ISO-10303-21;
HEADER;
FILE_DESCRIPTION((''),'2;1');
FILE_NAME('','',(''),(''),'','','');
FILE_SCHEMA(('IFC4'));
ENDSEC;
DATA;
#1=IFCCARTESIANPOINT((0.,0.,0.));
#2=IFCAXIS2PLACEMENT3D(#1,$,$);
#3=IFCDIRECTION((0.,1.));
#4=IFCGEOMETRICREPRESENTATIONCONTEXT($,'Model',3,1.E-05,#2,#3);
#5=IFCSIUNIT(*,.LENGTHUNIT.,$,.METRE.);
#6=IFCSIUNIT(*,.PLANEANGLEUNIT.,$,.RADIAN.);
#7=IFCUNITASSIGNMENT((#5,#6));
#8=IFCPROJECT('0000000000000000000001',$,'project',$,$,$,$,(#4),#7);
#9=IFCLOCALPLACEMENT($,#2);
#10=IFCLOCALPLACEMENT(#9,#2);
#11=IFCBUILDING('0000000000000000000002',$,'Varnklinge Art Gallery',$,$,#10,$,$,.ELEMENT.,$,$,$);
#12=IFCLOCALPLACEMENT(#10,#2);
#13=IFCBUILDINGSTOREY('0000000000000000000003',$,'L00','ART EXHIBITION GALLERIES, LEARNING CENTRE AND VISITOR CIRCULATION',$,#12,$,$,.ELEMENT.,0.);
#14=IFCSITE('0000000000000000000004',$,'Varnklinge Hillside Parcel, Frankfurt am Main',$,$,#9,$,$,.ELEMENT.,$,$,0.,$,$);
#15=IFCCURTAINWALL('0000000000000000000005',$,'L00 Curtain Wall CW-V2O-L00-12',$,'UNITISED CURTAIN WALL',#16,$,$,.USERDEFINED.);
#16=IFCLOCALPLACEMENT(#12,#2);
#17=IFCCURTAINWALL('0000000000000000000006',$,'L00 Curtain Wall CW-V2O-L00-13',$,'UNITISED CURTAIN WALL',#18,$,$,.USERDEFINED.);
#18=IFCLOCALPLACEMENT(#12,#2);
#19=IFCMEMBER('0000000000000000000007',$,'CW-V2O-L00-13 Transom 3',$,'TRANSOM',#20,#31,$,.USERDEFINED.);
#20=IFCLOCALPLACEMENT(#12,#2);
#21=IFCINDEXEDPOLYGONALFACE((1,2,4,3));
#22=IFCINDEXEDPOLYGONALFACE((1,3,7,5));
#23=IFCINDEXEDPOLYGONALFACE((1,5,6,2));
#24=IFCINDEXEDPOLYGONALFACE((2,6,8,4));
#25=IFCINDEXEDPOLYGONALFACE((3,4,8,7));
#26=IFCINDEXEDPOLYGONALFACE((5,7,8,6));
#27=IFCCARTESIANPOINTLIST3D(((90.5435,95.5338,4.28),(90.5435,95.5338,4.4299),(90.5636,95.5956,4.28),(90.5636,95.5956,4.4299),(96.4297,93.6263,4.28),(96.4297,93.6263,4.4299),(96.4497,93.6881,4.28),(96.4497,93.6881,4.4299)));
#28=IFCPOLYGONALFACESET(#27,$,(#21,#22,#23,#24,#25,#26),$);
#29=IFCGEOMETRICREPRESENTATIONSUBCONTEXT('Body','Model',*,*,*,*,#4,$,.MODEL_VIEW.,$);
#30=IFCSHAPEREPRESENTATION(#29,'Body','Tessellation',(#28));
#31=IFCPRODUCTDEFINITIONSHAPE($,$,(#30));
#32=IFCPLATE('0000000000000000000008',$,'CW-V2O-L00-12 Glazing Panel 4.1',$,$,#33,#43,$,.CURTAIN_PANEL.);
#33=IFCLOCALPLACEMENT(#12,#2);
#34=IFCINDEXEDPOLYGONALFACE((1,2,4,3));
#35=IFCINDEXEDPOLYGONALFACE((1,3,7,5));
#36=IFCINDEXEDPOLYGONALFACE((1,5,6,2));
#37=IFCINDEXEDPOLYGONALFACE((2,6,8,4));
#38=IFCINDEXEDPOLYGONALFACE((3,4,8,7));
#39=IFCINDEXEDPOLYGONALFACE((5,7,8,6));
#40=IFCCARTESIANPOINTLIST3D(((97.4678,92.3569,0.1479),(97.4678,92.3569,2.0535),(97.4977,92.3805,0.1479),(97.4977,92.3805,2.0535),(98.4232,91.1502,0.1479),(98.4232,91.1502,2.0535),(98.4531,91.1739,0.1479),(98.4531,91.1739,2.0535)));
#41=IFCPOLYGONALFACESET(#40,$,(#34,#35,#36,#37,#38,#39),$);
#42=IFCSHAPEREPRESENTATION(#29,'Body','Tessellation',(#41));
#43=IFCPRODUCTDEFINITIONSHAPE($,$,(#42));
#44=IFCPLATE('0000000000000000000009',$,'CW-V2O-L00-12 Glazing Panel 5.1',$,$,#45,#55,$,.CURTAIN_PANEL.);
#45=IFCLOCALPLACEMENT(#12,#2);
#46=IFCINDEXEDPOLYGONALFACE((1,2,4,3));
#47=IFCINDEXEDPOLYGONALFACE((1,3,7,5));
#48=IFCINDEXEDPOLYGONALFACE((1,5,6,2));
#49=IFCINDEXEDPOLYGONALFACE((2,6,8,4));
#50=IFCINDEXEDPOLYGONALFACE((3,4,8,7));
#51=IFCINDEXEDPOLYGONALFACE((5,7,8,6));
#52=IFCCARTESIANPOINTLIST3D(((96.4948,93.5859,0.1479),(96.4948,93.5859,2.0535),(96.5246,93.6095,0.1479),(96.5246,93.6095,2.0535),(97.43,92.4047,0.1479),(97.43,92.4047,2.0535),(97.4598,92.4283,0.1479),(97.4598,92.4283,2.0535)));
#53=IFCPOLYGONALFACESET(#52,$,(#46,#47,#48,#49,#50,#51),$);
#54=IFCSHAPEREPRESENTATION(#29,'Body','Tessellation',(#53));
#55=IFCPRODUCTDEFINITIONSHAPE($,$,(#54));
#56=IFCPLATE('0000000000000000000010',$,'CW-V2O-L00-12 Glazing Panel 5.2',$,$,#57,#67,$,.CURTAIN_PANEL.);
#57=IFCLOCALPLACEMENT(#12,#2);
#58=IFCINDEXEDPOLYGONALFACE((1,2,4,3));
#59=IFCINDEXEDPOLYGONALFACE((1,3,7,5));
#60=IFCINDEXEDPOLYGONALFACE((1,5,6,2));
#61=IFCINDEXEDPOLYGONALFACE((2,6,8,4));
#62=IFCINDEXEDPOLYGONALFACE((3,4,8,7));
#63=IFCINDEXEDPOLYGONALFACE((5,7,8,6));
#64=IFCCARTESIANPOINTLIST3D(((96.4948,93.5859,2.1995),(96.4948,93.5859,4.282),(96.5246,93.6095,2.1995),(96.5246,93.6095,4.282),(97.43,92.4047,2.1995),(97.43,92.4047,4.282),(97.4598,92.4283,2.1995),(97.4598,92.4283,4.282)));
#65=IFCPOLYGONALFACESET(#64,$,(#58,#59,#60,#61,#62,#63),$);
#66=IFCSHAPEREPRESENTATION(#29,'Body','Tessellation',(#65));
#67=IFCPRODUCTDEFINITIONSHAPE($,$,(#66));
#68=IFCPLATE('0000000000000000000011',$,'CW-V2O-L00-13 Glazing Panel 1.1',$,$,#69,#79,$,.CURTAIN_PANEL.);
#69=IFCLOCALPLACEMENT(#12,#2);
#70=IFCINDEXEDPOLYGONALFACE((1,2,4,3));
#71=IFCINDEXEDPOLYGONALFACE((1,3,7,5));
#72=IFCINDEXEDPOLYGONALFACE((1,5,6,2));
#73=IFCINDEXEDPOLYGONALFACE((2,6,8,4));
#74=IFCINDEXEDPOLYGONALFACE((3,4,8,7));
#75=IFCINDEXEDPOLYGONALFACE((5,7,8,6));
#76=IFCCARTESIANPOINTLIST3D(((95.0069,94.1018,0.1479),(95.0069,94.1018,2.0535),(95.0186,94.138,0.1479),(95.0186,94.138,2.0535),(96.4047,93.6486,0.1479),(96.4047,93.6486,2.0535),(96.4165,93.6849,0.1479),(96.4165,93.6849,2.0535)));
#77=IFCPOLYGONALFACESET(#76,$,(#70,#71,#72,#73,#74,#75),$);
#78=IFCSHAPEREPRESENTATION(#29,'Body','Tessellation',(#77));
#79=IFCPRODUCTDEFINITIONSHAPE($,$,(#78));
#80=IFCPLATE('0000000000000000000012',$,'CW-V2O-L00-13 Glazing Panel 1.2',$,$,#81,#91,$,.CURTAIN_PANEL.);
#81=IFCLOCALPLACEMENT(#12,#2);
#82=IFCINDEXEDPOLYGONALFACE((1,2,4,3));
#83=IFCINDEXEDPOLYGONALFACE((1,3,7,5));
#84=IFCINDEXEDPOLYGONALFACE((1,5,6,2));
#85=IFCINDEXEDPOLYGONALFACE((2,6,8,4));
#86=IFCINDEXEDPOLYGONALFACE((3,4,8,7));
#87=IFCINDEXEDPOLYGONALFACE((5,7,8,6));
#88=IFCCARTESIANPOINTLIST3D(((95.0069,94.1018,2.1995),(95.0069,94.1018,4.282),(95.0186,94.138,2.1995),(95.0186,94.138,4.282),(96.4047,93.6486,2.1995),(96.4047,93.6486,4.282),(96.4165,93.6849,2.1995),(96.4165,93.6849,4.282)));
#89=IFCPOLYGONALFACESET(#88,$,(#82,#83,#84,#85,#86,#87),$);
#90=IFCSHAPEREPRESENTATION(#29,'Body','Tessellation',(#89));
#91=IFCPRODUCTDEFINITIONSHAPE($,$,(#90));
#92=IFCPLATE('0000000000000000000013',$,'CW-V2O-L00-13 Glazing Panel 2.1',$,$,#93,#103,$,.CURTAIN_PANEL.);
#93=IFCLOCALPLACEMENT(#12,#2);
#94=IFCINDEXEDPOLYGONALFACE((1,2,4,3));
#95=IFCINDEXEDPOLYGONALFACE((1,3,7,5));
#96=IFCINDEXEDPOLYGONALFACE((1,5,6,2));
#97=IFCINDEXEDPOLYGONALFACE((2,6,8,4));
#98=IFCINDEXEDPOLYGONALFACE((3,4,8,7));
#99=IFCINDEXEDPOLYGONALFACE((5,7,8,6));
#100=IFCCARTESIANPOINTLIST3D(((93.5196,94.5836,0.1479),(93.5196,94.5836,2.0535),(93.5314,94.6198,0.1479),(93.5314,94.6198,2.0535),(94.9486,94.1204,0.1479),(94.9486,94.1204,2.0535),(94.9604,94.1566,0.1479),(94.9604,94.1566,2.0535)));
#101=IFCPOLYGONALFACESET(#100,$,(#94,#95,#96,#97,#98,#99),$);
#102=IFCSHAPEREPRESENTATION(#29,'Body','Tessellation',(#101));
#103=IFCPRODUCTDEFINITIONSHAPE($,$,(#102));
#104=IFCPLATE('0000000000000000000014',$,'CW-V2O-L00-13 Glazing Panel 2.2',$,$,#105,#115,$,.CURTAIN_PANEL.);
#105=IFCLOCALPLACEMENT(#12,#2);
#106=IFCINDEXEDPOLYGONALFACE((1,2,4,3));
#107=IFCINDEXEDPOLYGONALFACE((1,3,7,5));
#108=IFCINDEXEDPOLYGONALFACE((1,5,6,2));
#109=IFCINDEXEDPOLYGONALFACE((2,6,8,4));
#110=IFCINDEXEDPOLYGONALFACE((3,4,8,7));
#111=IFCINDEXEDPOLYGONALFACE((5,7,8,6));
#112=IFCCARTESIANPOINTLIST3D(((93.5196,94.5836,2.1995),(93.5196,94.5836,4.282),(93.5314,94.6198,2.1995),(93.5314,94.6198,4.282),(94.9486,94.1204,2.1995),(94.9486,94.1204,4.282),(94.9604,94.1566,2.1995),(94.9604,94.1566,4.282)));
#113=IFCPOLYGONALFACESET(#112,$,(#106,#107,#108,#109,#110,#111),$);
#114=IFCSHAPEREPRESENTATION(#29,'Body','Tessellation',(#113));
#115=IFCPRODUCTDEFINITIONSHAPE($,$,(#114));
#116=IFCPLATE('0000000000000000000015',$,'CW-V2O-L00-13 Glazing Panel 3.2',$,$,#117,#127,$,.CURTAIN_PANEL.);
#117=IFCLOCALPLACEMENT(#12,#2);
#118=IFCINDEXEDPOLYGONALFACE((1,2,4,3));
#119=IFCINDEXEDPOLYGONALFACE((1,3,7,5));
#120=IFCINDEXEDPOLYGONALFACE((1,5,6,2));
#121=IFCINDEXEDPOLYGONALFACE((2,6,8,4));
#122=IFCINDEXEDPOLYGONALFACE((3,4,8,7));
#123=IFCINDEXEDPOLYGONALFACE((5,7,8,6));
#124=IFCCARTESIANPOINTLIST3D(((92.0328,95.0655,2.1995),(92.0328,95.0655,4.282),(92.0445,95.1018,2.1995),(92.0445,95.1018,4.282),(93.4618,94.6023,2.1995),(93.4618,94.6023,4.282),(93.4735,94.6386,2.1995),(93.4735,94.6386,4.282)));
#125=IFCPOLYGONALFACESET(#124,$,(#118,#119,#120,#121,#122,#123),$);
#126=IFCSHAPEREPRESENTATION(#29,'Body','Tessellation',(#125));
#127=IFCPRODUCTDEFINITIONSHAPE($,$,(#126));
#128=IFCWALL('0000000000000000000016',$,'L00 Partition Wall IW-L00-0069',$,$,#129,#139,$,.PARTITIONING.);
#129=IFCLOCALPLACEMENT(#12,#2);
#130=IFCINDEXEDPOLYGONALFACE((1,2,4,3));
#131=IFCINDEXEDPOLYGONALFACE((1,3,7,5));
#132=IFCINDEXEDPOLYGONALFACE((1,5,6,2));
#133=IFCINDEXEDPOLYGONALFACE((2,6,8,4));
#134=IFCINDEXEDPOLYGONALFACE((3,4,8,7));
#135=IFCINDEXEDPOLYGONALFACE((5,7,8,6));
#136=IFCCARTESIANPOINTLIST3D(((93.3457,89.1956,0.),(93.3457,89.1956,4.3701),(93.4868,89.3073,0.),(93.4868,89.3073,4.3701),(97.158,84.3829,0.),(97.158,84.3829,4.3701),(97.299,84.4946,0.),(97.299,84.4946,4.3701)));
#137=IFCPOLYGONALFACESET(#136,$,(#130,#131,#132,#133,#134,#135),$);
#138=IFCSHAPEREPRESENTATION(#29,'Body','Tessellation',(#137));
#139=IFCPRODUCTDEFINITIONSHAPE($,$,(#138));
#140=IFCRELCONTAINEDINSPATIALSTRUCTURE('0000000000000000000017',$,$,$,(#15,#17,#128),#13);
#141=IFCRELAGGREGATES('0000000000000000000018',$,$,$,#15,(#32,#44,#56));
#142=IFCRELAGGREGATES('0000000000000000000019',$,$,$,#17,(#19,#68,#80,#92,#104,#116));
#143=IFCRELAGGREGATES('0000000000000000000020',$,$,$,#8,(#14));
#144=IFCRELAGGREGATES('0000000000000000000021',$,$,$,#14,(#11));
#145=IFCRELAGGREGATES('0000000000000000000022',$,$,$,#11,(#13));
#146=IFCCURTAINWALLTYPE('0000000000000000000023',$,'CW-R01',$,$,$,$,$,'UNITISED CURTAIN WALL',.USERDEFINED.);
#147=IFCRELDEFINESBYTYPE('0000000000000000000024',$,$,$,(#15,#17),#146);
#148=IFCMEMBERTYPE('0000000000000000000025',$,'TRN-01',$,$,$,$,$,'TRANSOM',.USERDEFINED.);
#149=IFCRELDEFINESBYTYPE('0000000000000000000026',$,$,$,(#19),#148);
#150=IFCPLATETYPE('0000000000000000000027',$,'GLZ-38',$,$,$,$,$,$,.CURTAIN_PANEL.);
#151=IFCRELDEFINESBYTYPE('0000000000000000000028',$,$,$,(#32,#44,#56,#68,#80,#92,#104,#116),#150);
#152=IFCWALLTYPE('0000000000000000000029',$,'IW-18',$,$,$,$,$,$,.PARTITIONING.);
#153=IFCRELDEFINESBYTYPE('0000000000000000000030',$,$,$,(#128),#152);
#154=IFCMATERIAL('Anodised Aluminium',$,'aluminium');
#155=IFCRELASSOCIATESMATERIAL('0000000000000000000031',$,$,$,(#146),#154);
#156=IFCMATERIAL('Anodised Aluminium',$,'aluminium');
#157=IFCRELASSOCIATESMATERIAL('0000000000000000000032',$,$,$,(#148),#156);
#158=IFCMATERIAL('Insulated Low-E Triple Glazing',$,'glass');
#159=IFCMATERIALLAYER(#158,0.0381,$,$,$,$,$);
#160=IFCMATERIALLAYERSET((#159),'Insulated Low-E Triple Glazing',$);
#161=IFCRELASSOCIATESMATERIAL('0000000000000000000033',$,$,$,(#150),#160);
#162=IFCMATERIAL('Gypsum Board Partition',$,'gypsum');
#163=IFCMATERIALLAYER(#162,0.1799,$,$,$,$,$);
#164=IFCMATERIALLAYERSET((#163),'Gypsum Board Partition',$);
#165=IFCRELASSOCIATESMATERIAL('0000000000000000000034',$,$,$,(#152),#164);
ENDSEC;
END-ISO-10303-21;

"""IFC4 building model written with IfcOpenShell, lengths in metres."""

from ifc_helpers import new_model, si_unit, direction, frame, frame_2d, origin, origin_2d, place, context, subcontext, project, spatial, rectangle, extrude, material, layer, layer_set, material_profile, profile_set, type_object, element, aggregate, save


model = new_model("IFC4")

# Units and contexts
model_context = context("Model", 3, precision=1e-05, world=origin(), true_north=direction((0.0, 1.0)))
body_context = subcontext(model_context, "Body", "Model", "MODEL_VIEW")
ifc_project = project(units=[si_unit("LENGTHUNIT", "METRE"), si_unit("PLANEANGLEUNIT", "RADIAN")], contexts=[model_context])

# Site, building, storey
site_placement = place(None, origin())
site = spatial("IfcSite", under=ifc_project, at=site_placement, Name="Varnklinge Hillside Parcel, Frankfurt am Main", CompositionType="ELEMENT", RefElevation=0.0)
building_placement = place(site_placement, origin())
building = spatial("IfcBuilding", under=site, at=building_placement, Name="Varnklinge Art Gallery", CompositionType="ELEMENT")
storey_placement = place(building_placement, origin())
storey = spatial("IfcBuildingStorey", under=building, at=storey_placement, Name="L00", Description="ART EXHIBITION GALLERIES, LEARNING CENTRE AND VISITOR CIRCULATION", CompositionType="ELEMENT", Elevation=0.0)

# Curtain walls
ifc_material_1 = material(Name="Anodised Aluminium", Category="aluminium")
curtain_wall_type = type_object("IfcCurtainWallType", Name="CW-R01", ElementType="UNITISED CURTAIN WALL", PredefinedType="USERDEFINED", material=ifc_material_1)
curtain_wall_1_placement = place(storey_placement, origin())
curtain_wall_1 = element("IfcCurtainWall", 1, at=curtain_wall_1_placement, inside=storey, type_object=curtain_wall_type, Name="L00 Curtain Wall CW-V2O-L00-12", ObjectType="UNITISED CURTAIN WALL", PredefinedType="USERDEFINED")
curtain_wall_2_placement = place(storey_placement, origin())
curtain_wall_2 = element("IfcCurtainWall", 2, at=curtain_wall_2_placement, inside=storey, type_object=curtain_wall_type, Name="L00 Curtain Wall CW-V2O-L00-13", ObjectType="UNITISED CURTAIN WALL", PredefinedType="USERDEFINED")

# Member
ifc_material_2 = material(Name="Anodised Aluminium", Category="aluminium")
ifc_material_profile_1 = material_profile(ifc_material_2, rectangle(XDim=0.0649, YDim=0.1499, at=origin_2d()), Name="ALU 65x150")
ifc_profile_set_1 = profile_set([ifc_material_profile_1], Name="Anodised Aluminium")
member_type_1 = type_object("IfcMemberType", Name="TRN-01", ElementType="TRANSOM", PredefinedType="USERDEFINED", material=ifc_profile_set_1)
member_1_placement = place(storey_placement, frame((96.4397, 93.6572, 4.355), z_axis=(-0.951298, 0.308274, 0.0), x_axis=(-0.308274, -0.951298, 0.0)))
member_1 = element("IfcMember", 3, at=member_1_placement, type_object=member_type_1, Name="CW-V2O-L00-13 Transom 3", ObjectType="TRANSOM", PredefinedType="USERDEFINED", context=body_context, shape_type="SweptSolid", body=[
    extrude(rectangle(XDim=0.0649, YDim=0.1499, at=origin_2d()), origin(), (0.0, 0.0, 1.0), 6.1875),
])

# Plates
ifc_material_3 = material(Name="Insulated Low-E Triple Glazing", Category="glass")
ifc_layer_1 = layer(ifc_material_3, 0.0381)
ifc_layer_set_1 = layer_set([ifc_layer_1], Name="Insulated Low-E Triple Glazing")
plate_type = type_object("IfcPlateType", Name="GLZ-38", PredefinedType="CURTAIN_PANEL", material=ifc_layer_set_1)
plate_1_placement = place(storey_placement, frame((97.9604, 91.7654, 0.1479), z_axis=(0.0, 0.0, 1.0), x_axis=(-0.620737, 0.784019, 0.0)))
plate_1 = element("IfcPlate", 4, at=plate_1_placement, type_object=plate_type, Name="CW-V2O-L00-12 Glazing Panel 4.1", PredefinedType="CURTAIN_PANEL", context=body_context, shape_type="SweptSolid", body=[
    extrude(rectangle(XDim=1.5391, YDim=0.0381, at=origin_2d()), origin(), (0.0, 0.0, 1.0), 1.9055),
])
plate_2_placement = place(storey_placement, frame((96.9773, 93.0071, 0.1479), z_axis=(0.0, 0.0, 1.0), x_axis=(-0.620737, 0.784019, 0.0)))
plate_2 = element("IfcPlate", 5, at=plate_2_placement, type_object=plate_type, Name="CW-V2O-L00-12 Glazing Panel 5.1", PredefinedType="CURTAIN_PANEL", context=body_context, shape_type="SweptSolid", body=[
    extrude(rectangle(XDim=1.5066, YDim=0.0381, at=origin_2d()), origin(), (0.0, 0.0, 1.0), 1.9055),
])
plate_3_placement = place(storey_placement, frame((96.9773, 93.0071, 2.1995), z_axis=(0.0, 0.0, 1.0), x_axis=(-0.620737, 0.784019, 0.0)))
plate_3 = element("IfcPlate", 6, at=plate_3_placement, type_object=plate_type, Name="CW-V2O-L00-12 Glazing Panel 5.2", PredefinedType="CURTAIN_PANEL", context=body_context, shape_type="SweptSolid", body=[
    extrude(rectangle(XDim=1.5066, YDim=0.0381, at=origin_2d()), origin(), (0.0, 0.0, 1.0), 2.0825),
])
aggregate(curtain_wall_1, [plate_1, plate_2, plate_3])
plate_4_placement = place(storey_placement, frame((95.7117, 93.8933, 0.1479), z_axis=(0.0, 0.0, 1.0), x_axis=(-0.951272, 0.308353, 0.0)))
plate_4 = element("IfcPlate", 7, at=plate_4_placement, type_object=plate_type, Name="CW-V2O-L00-13 Glazing Panel 1.1", PredefinedType="CURTAIN_PANEL", context=body_context, shape_type="SweptSolid", body=[
    extrude(rectangle(XDim=1.4695, YDim=0.0381, at=origin_2d()), origin(), (0.0, 0.0, 1.0), 1.9055),
])
plate_5_placement = place(storey_placement, frame((95.7117, 93.8933, 2.1995), z_axis=(0.0, 0.0, 1.0), x_axis=(-0.951272, 0.308353, 0.0)))
plate_5 = element("IfcPlate", 8, at=plate_5_placement, type_object=plate_type, Name="CW-V2O-L00-13 Glazing Panel 1.2", PredefinedType="CURTAIN_PANEL", context=body_context, shape_type="SweptSolid", body=[
    extrude(rectangle(XDim=1.4695, YDim=0.0381, at=origin_2d()), origin(), (0.0, 0.0, 1.0), 2.0825),
])
plate_6_placement = place(storey_placement, frame((94.24, 94.3701, 0.1479), z_axis=(0.0, 0.0, 1.0), x_axis=(-0.951272, 0.308353, 0.0)))
plate_6 = element("IfcPlate", 9, at=plate_6_placement, type_object=plate_type, Name="CW-V2O-L00-13 Glazing Panel 2.1", PredefinedType="CURTAIN_PANEL", context=body_context, shape_type="SweptSolid", body=[
    extrude(rectangle(XDim=1.5022, YDim=0.0381, at=origin_2d()), origin(), (0.0, 0.0, 1.0), 1.9055),
])
plate_7_placement = place(storey_placement, frame((94.24, 94.3701, 2.1995), z_axis=(0.0, 0.0, 1.0), x_axis=(-0.951272, 0.308353, 0.0)))
plate_7 = element("IfcPlate", 10, at=plate_7_placement, type_object=plate_type, Name="CW-V2O-L00-13 Glazing Panel 2.2", PredefinedType="CURTAIN_PANEL", context=body_context, shape_type="SweptSolid", body=[
    extrude(rectangle(XDim=1.5022, YDim=0.0381, at=origin_2d()), origin(), (0.0, 0.0, 1.0), 2.0825),
])
plate_8_placement = place(storey_placement, frame((92.7532, 94.8521, 2.1995), z_axis=(0.0, 0.0, 1.0), x_axis=(-0.951272, 0.308353, 0.0)))
plate_8 = element("IfcPlate", 11, at=plate_8_placement, type_object=plate_type, Name="CW-V2O-L00-13 Glazing Panel 3.2", PredefinedType="CURTAIN_PANEL", context=body_context, shape_type="SweptSolid", body=[
    extrude(rectangle(XDim=1.5022, YDim=0.0381, at=origin_2d()), origin(), (0.0, 0.0, 1.0), 2.0825),
])
aggregate(curtain_wall_2, [member_1, plate_4, plate_5, plate_6, plate_7, plate_8])

# Wall
ifc_material_4 = material(Name="Gypsum Board Partition", Category="gypsum")
ifc_layer_2 = layer(ifc_material_4, 0.1799)
ifc_layer_set_2 = layer_set([ifc_layer_2], Name="Gypsum Board Partition")
wall_type = type_object("IfcWallType", Name="IW-18", PredefinedType="PARTITIONING", material=ifc_layer_set_2)
wall_placement = place(storey_placement, frame((93.4163, 89.2515, 0.0), z_axis=(0.0, 0.0, 1.0), x_axis=(0.62092, -0.783874, 0.0)))
element("IfcWall", 12, at=wall_placement, inside=storey, type_object=wall_type, Name="L00 Partition Wall IW-L00-0069", PredefinedType="PARTITIONING", context=body_context, shape_type="SweptSolid", body=[
    extrude(rectangle(XDim=6.1396, YDim=0.1799, at=frame_2d((3.0698, 0.0))), origin(), (0.0, 0.0, 1.0), 4.3701),
])

save(model, "model.ifc")
